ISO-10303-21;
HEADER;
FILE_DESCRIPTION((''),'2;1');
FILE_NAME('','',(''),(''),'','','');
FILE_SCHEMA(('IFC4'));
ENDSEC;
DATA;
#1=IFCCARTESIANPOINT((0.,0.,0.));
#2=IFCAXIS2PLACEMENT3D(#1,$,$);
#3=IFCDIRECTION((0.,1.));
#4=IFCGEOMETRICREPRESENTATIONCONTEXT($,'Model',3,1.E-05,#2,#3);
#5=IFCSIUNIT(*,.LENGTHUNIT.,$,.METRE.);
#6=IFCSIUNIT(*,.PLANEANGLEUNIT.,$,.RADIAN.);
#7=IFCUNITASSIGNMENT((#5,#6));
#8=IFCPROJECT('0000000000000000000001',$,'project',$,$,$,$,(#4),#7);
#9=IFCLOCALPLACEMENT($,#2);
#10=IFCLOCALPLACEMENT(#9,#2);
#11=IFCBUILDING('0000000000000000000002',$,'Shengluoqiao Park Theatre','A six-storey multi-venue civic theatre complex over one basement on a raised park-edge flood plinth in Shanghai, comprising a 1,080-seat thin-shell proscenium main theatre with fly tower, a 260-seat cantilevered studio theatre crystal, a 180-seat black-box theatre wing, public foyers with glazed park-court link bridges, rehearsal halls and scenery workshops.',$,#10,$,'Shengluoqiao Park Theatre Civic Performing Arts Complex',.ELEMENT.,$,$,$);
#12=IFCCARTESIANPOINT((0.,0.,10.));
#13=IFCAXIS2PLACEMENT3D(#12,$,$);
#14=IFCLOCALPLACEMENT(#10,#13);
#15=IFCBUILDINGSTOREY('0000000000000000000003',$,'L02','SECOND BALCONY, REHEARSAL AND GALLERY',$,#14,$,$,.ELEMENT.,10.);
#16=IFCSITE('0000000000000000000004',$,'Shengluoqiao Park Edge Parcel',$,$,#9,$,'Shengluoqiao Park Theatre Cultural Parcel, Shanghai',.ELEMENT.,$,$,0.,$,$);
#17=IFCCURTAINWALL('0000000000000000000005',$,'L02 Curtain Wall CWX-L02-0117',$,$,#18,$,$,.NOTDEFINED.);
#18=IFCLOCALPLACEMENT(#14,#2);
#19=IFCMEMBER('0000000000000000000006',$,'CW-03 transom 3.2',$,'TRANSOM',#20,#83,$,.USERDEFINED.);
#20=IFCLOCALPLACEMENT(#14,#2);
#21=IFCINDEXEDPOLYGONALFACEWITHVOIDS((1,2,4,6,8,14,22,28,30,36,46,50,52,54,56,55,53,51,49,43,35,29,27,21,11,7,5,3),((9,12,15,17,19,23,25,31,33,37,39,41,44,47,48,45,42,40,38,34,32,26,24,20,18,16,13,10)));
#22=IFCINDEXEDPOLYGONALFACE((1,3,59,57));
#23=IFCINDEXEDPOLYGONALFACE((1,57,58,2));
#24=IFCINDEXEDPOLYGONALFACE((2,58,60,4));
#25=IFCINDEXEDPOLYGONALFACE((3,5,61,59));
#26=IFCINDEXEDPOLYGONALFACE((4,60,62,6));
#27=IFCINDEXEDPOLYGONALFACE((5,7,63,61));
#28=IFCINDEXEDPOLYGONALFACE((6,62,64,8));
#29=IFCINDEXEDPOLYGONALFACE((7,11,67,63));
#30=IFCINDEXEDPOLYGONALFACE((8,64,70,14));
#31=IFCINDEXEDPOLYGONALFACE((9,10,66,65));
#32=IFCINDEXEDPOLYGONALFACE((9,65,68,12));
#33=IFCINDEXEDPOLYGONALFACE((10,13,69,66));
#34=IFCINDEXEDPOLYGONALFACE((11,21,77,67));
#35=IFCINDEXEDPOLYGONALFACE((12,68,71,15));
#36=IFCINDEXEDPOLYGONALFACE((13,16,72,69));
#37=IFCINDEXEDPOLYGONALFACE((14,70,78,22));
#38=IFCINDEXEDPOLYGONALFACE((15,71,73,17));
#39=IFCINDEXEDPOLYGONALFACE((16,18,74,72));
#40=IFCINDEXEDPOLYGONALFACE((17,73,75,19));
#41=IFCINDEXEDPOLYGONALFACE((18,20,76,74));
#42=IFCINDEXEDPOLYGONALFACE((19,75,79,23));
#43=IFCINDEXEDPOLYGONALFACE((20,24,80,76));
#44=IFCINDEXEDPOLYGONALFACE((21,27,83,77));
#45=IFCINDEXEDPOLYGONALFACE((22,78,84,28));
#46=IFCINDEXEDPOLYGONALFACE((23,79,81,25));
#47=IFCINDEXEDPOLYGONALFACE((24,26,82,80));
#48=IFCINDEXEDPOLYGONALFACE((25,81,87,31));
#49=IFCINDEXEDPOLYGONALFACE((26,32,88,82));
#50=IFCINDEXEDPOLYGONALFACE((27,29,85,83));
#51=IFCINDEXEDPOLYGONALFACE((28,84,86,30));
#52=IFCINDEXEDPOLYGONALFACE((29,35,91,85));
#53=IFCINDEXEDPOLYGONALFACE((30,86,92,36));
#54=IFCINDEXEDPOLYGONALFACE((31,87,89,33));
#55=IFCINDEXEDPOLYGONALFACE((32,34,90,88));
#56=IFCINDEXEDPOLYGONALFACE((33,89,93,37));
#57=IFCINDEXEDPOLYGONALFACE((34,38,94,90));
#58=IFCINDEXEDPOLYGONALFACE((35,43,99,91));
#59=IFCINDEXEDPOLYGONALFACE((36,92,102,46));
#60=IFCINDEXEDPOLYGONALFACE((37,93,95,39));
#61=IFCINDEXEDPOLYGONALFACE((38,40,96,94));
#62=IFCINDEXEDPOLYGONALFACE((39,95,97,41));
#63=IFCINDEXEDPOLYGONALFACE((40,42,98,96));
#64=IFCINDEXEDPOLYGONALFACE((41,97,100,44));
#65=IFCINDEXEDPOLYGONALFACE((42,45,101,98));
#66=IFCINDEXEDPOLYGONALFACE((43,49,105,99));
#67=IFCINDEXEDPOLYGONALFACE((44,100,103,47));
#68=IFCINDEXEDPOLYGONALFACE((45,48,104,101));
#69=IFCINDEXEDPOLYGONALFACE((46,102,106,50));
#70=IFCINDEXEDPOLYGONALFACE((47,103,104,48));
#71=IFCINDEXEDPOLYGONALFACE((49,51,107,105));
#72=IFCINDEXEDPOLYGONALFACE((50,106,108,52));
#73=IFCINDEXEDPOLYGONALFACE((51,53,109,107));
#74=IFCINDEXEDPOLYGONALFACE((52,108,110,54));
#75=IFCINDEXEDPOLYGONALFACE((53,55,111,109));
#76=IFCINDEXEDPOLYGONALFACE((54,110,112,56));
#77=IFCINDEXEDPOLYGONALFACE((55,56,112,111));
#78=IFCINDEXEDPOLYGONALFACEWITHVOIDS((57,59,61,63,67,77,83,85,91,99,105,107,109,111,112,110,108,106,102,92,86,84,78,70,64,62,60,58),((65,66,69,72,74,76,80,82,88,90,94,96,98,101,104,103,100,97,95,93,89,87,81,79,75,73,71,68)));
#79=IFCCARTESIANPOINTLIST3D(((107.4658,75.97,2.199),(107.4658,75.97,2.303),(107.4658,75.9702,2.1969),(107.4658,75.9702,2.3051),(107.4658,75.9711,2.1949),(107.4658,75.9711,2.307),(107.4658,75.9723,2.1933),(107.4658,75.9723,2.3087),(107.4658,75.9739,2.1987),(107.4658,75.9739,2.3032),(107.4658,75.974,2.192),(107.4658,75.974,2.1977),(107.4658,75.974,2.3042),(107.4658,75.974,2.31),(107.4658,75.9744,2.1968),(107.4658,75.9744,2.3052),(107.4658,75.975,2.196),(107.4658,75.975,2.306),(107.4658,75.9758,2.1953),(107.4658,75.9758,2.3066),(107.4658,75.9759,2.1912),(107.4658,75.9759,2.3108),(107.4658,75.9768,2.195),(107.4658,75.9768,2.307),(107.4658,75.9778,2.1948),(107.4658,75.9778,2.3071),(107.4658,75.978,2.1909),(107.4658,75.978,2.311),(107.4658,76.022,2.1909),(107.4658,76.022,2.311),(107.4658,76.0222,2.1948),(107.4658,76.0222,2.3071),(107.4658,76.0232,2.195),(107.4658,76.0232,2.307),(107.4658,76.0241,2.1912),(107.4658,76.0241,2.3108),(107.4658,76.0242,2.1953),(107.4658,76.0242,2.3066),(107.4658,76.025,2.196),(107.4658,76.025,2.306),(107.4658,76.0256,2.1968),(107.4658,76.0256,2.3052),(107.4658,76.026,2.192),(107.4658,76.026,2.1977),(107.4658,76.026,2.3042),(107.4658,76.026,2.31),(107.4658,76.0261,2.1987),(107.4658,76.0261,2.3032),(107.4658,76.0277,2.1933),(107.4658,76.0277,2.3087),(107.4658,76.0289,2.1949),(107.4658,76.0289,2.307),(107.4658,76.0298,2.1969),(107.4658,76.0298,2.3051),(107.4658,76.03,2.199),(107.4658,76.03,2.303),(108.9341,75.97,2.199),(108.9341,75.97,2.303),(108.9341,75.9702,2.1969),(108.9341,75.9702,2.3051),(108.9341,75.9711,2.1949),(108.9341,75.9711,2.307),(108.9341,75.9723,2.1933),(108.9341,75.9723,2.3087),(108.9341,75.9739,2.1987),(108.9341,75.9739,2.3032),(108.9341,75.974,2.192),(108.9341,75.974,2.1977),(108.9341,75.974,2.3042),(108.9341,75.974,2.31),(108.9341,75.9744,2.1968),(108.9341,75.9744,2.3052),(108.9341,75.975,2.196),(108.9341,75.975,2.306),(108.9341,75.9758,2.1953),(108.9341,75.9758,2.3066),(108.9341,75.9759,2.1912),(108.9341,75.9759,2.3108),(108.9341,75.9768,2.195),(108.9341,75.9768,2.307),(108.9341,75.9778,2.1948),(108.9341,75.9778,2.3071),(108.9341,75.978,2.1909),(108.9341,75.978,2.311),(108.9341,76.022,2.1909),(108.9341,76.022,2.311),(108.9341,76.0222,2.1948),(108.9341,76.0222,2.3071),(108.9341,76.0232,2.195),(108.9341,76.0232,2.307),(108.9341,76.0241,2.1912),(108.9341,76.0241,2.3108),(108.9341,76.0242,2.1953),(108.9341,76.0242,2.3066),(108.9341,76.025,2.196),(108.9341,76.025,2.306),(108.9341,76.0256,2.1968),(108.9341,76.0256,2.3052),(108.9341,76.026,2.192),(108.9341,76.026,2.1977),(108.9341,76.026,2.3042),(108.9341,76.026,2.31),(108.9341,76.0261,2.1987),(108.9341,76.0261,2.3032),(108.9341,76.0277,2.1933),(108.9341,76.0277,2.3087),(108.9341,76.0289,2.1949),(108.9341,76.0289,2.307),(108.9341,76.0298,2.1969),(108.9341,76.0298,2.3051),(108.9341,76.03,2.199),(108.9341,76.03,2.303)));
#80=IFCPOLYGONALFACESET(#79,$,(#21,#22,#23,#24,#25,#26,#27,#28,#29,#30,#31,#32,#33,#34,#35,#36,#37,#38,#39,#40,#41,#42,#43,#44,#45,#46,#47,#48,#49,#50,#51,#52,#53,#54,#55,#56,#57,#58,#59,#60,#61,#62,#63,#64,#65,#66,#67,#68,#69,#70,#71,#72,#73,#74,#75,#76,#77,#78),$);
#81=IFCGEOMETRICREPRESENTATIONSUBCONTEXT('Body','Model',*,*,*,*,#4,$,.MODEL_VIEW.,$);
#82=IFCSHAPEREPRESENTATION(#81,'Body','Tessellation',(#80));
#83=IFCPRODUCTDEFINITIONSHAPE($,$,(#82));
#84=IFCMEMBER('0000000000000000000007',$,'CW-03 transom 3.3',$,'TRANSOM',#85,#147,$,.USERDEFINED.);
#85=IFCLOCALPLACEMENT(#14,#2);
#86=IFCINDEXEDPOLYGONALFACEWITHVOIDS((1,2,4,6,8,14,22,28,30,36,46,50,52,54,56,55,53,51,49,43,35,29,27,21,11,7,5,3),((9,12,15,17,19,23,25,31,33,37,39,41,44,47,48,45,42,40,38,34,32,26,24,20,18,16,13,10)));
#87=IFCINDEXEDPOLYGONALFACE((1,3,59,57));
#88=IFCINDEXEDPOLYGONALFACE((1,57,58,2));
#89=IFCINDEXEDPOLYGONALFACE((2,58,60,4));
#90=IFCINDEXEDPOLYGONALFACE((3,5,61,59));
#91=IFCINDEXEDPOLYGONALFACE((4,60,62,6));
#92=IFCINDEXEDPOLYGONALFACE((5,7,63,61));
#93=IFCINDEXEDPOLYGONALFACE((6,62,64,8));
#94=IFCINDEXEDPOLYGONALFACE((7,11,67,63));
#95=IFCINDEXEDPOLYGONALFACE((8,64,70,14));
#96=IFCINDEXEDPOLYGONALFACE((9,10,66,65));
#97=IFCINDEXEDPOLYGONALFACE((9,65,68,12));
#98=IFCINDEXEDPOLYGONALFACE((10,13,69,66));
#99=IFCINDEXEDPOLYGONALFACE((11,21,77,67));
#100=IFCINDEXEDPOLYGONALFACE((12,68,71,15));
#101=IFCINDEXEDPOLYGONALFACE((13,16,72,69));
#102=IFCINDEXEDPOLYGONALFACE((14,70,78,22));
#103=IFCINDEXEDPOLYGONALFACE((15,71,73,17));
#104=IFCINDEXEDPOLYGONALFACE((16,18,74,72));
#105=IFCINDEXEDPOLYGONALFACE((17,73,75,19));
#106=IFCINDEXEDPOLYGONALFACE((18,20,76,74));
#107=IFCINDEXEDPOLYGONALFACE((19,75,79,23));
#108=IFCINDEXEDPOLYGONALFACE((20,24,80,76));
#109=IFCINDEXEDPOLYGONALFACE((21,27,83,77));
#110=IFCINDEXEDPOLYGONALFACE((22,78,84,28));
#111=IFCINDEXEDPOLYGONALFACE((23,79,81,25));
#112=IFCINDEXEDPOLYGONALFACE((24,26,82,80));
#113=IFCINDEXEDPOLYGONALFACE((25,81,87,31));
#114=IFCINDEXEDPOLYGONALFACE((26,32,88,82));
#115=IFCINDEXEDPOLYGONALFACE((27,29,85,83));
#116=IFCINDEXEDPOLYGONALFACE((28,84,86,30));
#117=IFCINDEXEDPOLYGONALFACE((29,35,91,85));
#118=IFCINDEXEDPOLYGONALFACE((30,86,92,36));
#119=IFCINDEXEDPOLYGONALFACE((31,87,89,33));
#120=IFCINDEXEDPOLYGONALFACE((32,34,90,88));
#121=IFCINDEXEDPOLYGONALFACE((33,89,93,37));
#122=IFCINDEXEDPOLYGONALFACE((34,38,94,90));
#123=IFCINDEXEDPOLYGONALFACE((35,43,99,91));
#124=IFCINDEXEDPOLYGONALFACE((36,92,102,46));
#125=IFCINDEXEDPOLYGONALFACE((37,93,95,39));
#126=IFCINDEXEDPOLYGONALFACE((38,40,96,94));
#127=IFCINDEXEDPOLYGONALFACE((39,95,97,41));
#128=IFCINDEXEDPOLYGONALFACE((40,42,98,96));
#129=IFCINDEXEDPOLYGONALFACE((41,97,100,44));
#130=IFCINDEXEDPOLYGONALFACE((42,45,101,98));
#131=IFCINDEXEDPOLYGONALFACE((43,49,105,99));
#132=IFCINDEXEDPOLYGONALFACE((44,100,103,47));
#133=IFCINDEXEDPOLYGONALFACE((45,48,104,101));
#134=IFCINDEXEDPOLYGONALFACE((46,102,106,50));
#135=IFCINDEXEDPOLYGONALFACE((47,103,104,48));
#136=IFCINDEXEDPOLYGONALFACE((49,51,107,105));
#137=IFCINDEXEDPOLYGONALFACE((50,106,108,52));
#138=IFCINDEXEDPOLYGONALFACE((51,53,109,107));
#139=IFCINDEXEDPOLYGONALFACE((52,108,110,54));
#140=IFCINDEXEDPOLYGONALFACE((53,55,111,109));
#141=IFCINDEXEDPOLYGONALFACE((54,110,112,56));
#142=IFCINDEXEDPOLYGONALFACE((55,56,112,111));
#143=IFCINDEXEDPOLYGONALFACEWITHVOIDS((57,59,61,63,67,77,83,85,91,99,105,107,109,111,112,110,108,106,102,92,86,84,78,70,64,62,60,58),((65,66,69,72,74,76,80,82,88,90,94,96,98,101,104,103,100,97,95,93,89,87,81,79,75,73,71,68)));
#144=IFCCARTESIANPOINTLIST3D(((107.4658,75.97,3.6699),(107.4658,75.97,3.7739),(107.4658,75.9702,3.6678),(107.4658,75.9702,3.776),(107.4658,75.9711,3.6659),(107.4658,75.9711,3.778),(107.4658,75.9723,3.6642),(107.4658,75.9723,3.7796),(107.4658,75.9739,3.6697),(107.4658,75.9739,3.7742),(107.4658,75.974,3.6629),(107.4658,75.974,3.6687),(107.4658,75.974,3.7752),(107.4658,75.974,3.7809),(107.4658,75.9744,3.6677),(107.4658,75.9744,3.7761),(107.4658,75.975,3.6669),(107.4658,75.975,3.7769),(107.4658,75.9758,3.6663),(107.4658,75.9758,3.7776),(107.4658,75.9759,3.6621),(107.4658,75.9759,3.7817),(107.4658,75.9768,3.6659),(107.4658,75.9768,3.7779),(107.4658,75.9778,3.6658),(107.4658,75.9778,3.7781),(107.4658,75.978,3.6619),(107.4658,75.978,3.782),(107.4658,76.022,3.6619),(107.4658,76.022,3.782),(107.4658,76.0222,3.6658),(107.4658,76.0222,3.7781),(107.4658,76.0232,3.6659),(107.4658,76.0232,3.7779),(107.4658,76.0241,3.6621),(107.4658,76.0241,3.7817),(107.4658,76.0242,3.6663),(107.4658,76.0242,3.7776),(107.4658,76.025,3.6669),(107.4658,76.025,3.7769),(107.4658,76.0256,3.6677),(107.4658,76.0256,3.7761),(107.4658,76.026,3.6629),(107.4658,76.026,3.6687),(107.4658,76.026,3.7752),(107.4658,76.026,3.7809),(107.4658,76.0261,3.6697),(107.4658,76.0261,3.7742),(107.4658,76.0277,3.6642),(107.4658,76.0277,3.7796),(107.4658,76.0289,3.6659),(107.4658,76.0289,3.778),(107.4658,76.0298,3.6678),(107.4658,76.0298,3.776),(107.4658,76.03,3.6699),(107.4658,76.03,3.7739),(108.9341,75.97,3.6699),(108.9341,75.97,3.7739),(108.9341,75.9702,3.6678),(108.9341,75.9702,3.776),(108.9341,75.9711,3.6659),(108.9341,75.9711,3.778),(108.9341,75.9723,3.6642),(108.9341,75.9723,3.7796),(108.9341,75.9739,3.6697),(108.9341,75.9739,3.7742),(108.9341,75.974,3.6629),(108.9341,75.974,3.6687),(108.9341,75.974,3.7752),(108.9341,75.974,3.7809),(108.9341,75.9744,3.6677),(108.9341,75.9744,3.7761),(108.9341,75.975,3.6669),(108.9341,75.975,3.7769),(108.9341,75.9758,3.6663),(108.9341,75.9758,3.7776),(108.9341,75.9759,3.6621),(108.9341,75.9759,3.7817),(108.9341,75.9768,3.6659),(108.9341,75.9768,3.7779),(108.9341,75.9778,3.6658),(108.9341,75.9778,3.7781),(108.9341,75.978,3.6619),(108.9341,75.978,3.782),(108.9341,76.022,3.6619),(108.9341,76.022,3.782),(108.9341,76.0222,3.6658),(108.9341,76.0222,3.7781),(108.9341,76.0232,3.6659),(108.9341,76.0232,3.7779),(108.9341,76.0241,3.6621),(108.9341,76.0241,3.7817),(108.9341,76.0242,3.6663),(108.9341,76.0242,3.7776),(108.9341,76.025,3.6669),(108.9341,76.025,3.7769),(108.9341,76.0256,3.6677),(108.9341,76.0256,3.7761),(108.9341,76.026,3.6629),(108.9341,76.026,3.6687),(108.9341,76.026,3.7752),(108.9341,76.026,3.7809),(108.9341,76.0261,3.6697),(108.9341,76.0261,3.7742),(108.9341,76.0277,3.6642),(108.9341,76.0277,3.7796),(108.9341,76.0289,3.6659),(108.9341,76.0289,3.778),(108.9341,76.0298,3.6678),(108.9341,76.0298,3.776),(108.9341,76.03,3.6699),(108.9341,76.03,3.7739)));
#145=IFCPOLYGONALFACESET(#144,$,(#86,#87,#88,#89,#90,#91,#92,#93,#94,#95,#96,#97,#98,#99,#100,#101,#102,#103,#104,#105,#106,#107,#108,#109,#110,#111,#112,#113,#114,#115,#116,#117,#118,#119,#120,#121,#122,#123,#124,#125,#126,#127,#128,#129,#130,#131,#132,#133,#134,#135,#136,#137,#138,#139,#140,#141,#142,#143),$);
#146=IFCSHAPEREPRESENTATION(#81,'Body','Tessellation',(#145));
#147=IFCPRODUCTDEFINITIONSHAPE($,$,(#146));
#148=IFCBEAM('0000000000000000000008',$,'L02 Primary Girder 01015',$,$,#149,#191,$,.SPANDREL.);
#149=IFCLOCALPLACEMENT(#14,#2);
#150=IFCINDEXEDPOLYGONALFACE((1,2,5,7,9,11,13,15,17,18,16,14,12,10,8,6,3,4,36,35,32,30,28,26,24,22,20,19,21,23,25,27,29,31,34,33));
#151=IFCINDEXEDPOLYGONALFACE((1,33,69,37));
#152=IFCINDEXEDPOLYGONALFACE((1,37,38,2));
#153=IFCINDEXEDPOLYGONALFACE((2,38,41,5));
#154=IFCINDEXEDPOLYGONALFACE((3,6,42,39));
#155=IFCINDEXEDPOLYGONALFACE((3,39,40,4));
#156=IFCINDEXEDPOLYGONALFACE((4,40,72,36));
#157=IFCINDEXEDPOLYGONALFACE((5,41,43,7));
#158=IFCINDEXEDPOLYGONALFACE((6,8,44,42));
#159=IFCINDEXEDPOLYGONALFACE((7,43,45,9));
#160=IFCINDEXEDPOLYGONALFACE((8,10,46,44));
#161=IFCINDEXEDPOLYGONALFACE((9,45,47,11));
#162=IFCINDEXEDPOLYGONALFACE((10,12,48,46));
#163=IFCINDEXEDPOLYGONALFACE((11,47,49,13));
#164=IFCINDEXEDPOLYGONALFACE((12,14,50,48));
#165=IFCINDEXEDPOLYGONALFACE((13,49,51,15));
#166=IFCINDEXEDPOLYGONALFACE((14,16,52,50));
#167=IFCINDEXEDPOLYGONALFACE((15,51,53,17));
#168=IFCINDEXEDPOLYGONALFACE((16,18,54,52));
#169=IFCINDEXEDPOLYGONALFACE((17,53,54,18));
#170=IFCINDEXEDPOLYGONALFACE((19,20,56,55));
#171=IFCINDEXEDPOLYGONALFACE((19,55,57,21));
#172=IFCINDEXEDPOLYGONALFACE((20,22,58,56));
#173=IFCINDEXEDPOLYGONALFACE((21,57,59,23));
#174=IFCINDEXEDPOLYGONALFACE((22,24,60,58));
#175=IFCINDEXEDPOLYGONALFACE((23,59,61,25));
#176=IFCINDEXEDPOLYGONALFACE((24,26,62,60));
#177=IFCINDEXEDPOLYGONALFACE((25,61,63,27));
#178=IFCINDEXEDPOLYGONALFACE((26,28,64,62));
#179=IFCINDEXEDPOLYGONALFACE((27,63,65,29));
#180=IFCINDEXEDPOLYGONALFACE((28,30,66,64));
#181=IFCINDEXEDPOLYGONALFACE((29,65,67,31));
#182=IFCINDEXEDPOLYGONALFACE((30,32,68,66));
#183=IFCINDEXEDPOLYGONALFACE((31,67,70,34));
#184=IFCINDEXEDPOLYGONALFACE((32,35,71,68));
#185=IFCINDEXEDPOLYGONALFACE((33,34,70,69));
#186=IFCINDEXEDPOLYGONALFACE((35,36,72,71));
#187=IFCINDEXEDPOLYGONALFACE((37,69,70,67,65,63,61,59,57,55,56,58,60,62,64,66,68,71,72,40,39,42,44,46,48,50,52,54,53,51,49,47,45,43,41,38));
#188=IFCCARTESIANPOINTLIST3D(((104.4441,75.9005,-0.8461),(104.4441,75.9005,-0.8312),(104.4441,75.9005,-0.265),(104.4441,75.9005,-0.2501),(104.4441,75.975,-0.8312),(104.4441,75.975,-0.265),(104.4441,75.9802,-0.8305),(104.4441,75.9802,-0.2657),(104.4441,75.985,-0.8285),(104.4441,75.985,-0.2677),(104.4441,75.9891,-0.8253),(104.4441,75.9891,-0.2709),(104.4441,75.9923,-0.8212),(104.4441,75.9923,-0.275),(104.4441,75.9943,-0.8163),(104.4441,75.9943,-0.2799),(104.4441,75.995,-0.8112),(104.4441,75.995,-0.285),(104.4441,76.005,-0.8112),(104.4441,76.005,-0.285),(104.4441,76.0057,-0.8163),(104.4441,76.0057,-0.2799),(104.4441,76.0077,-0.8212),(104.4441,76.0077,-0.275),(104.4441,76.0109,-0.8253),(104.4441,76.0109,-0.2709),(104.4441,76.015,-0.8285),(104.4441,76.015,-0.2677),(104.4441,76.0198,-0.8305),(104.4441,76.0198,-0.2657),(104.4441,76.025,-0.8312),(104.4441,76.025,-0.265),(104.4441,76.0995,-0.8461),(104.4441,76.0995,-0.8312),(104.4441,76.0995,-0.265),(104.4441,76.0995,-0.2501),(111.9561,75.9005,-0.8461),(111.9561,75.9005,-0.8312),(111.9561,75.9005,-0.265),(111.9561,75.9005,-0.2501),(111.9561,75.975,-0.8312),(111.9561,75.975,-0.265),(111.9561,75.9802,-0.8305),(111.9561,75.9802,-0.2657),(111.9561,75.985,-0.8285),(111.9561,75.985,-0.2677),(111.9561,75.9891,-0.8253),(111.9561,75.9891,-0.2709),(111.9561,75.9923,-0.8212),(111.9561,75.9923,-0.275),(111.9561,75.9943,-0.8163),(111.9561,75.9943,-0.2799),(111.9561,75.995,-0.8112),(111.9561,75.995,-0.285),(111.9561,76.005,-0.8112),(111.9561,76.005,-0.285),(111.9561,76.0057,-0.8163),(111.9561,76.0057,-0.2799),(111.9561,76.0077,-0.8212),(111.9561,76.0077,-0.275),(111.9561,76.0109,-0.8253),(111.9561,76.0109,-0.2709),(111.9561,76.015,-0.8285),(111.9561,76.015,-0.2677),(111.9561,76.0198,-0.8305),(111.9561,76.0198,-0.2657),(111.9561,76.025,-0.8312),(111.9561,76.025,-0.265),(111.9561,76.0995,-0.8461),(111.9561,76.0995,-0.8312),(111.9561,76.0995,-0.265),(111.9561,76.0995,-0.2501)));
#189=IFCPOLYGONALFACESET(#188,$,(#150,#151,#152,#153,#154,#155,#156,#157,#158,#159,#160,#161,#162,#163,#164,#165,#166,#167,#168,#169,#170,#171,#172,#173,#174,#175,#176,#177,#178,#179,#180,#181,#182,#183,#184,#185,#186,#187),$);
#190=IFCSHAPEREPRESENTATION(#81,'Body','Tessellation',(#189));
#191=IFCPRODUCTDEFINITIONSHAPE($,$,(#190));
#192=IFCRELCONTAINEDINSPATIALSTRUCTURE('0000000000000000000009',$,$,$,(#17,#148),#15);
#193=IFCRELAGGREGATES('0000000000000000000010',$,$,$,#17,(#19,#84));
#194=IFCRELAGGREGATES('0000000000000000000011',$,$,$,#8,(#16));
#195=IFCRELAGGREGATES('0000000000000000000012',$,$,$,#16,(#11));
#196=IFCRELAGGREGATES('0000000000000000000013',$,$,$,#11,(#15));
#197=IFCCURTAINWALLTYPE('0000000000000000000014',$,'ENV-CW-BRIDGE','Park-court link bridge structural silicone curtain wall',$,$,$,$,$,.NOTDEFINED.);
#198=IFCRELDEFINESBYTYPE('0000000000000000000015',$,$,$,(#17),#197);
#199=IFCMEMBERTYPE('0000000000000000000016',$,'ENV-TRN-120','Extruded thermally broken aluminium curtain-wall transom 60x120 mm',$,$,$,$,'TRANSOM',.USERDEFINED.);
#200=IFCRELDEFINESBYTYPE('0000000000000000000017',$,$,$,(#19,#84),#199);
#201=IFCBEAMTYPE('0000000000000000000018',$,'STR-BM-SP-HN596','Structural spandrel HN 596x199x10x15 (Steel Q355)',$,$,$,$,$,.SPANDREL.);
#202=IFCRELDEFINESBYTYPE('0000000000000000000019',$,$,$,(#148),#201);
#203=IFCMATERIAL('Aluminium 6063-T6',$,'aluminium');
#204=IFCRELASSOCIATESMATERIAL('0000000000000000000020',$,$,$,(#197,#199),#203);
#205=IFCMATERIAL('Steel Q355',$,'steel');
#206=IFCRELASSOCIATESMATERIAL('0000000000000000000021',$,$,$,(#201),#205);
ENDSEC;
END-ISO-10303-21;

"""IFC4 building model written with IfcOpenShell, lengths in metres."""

from ifc_helpers import new_model, si_unit, direction, frame, origin, origin_2d, place, context, subcontext, project, spatial, hollow_rectangle, i_section, extrude, material, material_profile, profile_set, type_object, element, aggregate, save


model = new_model("IFC4")

# Units and contexts
model_context = context("Model", 3, precision=1e-05, world=origin(), true_north=direction((0.0, 1.0)))
body_context = subcontext(model_context, "Body", "Model", "MODEL_VIEW")
ifc_project = project(units=[si_unit("LENGTHUNIT", "METRE"), si_unit("PLANEANGLEUNIT", "RADIAN")], contexts=[model_context])

# Site, building, storey
site_placement = place(None, origin())
site = spatial("IfcSite", under=ifc_project, at=site_placement, Name="Shengluoqiao Park Edge Parcel", LongName="Shengluoqiao Park Theatre Cultural Parcel, Shanghai", CompositionType="ELEMENT", RefElevation=0.0)
building_placement = place(site_placement, origin())
building = spatial("IfcBuilding", under=site, at=building_placement, Name="Shengluoqiao Park Theatre", Description="A six-storey multi-venue civic theatre complex over one basement on a raised park-edge flood plinth in Shanghai, comprising a 1,080-seat thin-shell proscenium main theatre with fly tower, a 260-seat cantilevered studio theatre crystal, a 180-seat black-box theatre wing, public foyers with glazed park-court link bridges, rehearsal halls and scenery workshops.", LongName="Shengluoqiao Park Theatre Civic Performing Arts Complex", CompositionType="ELEMENT")
storey_placement = place(building_placement, frame((0.0, 0.0, 10.0)))
storey = spatial("IfcBuildingStorey", under=building, at=storey_placement, Name="L02", Description="SECOND BALCONY, REHEARSAL AND GALLERY", CompositionType="ELEMENT", Elevation=10.0)

# Shared definitions
ifc_material_1 = material(Name="Aluminium 6063-T6", Category="aluminium")
curtain_wall_type = type_object("IfcCurtainWallType", Name="ENV-CW-BRIDGE", Description="Park-court link bridge structural silicone curtain wall", PredefinedType="NOTDEFINED", material=ifc_material_1)

# Curtain wall, members
curtain_wall_1_placement = place(storey_placement, origin())
curtain_wall_1 = element("IfcCurtainWall", 1, at=curtain_wall_1_placement, inside=storey, type_object=curtain_wall_type, Name="L02 Curtain Wall CWX-L02-0117", PredefinedType="NOTDEFINED")
ifc_material_profile_1 = material_profile(ifc_material_1, hollow_rectangle(XDim=0.0601, YDim=0.1201, WallThickness=0.0039, InnerFilletRadius=0.0039, OuterFilletRadius=0.0081, at=origin_2d()), Name="ALU TRANSOM 120x60x4")
ifc_profile_set_1 = profile_set([ifc_material_profile_1], Name="Aluminium 6063-T6")
member_type_1 = type_object("IfcMemberType", Name="ENV-TRN-120", Description="Extruded thermally broken aluminium curtain-wall transom 60x120 mm", ElementType="TRANSOM", PredefinedType="USERDEFINED", material=ifc_profile_set_1)
member_1_placement = place(storey_placement, frame((107.4658, 76.0, 2.251), z_axis=(1.0, 0.0, 0.0), x_axis=(0.0, 1.0, 0.0)))
member_1 = element("IfcMember", 2, at=member_1_placement, type_object=member_type_1, Name="CW-03 transom 3.2", ObjectType="TRANSOM", PredefinedType="USERDEFINED", context=body_context, shape_type="SweptSolid", body=[
    extrude(hollow_rectangle(XDim=0.0601, YDim=0.1201, WallThickness=0.0039, InnerFilletRadius=0.0039, OuterFilletRadius=0.0081, at=origin_2d()), origin(), (0.0, 0.0, 1.0), 1.4683),
])
member_2_placement = place(storey_placement, frame((107.4658, 76.0, 3.7219), z_axis=(1.0, 0.0, 0.0), x_axis=(0.0, 1.0, 0.0)))
member_2 = element("IfcMember", 3, at=member_2_placement, type_object=member_type_1, Name="CW-03 transom 3.3", ObjectType="TRANSOM", PredefinedType="USERDEFINED", context=body_context, shape_type="SweptSolid", body=[
    extrude(hollow_rectangle(XDim=0.0601, YDim=0.1201, WallThickness=0.0039, InnerFilletRadius=0.0039, OuterFilletRadius=0.0081, at=origin_2d()), origin(), (0.0, 0.0, 1.0), 1.4683),
])

# Beam
ifc_material_2 = material(Name="Steel Q355", Category="steel")
ifc_material_profile_2 = material_profile(ifc_material_2, i_section(OverallWidth=0.199, OverallDepth=0.5959, WebThickness=0.01, FlangeThickness=0.0149, FilletRadius=0.02, at=origin_2d()), Name="HN 596x199x10x15")
ifc_profile_set_2 = profile_set([ifc_material_profile_2], Name="Steel Q355")
beam_type = type_object("IfcBeamType", Name="STR-BM-SP-HN596", Description="Structural spandrel HN 596x199x10x15 (Steel Q355)", PredefinedType="SPANDREL", material=ifc_profile_set_2)
beam_placement = place(storey_placement, frame((104.4441, 76.0, -0.5481), z_axis=(1.0, 0.0, 0.0), x_axis=(0.0, 1.0, 0.0)))
element("IfcBeam", 4, at=beam_placement, inside=storey, type_object=beam_type, Name="L02 Primary Girder 01015", PredefinedType="SPANDREL", context=body_context, shape_type="SweptSolid", body=[
    extrude(i_section(OverallWidth=0.199, OverallDepth=0.5959, WebThickness=0.01, FlangeThickness=0.0149, FilletRadius=0.02, at=origin_2d()), origin(), (0.0, 0.0, 1.0), 7.512),
])

aggregate(curtain_wall_1, [member_1, member_2])

save(model, "model.ifc")
